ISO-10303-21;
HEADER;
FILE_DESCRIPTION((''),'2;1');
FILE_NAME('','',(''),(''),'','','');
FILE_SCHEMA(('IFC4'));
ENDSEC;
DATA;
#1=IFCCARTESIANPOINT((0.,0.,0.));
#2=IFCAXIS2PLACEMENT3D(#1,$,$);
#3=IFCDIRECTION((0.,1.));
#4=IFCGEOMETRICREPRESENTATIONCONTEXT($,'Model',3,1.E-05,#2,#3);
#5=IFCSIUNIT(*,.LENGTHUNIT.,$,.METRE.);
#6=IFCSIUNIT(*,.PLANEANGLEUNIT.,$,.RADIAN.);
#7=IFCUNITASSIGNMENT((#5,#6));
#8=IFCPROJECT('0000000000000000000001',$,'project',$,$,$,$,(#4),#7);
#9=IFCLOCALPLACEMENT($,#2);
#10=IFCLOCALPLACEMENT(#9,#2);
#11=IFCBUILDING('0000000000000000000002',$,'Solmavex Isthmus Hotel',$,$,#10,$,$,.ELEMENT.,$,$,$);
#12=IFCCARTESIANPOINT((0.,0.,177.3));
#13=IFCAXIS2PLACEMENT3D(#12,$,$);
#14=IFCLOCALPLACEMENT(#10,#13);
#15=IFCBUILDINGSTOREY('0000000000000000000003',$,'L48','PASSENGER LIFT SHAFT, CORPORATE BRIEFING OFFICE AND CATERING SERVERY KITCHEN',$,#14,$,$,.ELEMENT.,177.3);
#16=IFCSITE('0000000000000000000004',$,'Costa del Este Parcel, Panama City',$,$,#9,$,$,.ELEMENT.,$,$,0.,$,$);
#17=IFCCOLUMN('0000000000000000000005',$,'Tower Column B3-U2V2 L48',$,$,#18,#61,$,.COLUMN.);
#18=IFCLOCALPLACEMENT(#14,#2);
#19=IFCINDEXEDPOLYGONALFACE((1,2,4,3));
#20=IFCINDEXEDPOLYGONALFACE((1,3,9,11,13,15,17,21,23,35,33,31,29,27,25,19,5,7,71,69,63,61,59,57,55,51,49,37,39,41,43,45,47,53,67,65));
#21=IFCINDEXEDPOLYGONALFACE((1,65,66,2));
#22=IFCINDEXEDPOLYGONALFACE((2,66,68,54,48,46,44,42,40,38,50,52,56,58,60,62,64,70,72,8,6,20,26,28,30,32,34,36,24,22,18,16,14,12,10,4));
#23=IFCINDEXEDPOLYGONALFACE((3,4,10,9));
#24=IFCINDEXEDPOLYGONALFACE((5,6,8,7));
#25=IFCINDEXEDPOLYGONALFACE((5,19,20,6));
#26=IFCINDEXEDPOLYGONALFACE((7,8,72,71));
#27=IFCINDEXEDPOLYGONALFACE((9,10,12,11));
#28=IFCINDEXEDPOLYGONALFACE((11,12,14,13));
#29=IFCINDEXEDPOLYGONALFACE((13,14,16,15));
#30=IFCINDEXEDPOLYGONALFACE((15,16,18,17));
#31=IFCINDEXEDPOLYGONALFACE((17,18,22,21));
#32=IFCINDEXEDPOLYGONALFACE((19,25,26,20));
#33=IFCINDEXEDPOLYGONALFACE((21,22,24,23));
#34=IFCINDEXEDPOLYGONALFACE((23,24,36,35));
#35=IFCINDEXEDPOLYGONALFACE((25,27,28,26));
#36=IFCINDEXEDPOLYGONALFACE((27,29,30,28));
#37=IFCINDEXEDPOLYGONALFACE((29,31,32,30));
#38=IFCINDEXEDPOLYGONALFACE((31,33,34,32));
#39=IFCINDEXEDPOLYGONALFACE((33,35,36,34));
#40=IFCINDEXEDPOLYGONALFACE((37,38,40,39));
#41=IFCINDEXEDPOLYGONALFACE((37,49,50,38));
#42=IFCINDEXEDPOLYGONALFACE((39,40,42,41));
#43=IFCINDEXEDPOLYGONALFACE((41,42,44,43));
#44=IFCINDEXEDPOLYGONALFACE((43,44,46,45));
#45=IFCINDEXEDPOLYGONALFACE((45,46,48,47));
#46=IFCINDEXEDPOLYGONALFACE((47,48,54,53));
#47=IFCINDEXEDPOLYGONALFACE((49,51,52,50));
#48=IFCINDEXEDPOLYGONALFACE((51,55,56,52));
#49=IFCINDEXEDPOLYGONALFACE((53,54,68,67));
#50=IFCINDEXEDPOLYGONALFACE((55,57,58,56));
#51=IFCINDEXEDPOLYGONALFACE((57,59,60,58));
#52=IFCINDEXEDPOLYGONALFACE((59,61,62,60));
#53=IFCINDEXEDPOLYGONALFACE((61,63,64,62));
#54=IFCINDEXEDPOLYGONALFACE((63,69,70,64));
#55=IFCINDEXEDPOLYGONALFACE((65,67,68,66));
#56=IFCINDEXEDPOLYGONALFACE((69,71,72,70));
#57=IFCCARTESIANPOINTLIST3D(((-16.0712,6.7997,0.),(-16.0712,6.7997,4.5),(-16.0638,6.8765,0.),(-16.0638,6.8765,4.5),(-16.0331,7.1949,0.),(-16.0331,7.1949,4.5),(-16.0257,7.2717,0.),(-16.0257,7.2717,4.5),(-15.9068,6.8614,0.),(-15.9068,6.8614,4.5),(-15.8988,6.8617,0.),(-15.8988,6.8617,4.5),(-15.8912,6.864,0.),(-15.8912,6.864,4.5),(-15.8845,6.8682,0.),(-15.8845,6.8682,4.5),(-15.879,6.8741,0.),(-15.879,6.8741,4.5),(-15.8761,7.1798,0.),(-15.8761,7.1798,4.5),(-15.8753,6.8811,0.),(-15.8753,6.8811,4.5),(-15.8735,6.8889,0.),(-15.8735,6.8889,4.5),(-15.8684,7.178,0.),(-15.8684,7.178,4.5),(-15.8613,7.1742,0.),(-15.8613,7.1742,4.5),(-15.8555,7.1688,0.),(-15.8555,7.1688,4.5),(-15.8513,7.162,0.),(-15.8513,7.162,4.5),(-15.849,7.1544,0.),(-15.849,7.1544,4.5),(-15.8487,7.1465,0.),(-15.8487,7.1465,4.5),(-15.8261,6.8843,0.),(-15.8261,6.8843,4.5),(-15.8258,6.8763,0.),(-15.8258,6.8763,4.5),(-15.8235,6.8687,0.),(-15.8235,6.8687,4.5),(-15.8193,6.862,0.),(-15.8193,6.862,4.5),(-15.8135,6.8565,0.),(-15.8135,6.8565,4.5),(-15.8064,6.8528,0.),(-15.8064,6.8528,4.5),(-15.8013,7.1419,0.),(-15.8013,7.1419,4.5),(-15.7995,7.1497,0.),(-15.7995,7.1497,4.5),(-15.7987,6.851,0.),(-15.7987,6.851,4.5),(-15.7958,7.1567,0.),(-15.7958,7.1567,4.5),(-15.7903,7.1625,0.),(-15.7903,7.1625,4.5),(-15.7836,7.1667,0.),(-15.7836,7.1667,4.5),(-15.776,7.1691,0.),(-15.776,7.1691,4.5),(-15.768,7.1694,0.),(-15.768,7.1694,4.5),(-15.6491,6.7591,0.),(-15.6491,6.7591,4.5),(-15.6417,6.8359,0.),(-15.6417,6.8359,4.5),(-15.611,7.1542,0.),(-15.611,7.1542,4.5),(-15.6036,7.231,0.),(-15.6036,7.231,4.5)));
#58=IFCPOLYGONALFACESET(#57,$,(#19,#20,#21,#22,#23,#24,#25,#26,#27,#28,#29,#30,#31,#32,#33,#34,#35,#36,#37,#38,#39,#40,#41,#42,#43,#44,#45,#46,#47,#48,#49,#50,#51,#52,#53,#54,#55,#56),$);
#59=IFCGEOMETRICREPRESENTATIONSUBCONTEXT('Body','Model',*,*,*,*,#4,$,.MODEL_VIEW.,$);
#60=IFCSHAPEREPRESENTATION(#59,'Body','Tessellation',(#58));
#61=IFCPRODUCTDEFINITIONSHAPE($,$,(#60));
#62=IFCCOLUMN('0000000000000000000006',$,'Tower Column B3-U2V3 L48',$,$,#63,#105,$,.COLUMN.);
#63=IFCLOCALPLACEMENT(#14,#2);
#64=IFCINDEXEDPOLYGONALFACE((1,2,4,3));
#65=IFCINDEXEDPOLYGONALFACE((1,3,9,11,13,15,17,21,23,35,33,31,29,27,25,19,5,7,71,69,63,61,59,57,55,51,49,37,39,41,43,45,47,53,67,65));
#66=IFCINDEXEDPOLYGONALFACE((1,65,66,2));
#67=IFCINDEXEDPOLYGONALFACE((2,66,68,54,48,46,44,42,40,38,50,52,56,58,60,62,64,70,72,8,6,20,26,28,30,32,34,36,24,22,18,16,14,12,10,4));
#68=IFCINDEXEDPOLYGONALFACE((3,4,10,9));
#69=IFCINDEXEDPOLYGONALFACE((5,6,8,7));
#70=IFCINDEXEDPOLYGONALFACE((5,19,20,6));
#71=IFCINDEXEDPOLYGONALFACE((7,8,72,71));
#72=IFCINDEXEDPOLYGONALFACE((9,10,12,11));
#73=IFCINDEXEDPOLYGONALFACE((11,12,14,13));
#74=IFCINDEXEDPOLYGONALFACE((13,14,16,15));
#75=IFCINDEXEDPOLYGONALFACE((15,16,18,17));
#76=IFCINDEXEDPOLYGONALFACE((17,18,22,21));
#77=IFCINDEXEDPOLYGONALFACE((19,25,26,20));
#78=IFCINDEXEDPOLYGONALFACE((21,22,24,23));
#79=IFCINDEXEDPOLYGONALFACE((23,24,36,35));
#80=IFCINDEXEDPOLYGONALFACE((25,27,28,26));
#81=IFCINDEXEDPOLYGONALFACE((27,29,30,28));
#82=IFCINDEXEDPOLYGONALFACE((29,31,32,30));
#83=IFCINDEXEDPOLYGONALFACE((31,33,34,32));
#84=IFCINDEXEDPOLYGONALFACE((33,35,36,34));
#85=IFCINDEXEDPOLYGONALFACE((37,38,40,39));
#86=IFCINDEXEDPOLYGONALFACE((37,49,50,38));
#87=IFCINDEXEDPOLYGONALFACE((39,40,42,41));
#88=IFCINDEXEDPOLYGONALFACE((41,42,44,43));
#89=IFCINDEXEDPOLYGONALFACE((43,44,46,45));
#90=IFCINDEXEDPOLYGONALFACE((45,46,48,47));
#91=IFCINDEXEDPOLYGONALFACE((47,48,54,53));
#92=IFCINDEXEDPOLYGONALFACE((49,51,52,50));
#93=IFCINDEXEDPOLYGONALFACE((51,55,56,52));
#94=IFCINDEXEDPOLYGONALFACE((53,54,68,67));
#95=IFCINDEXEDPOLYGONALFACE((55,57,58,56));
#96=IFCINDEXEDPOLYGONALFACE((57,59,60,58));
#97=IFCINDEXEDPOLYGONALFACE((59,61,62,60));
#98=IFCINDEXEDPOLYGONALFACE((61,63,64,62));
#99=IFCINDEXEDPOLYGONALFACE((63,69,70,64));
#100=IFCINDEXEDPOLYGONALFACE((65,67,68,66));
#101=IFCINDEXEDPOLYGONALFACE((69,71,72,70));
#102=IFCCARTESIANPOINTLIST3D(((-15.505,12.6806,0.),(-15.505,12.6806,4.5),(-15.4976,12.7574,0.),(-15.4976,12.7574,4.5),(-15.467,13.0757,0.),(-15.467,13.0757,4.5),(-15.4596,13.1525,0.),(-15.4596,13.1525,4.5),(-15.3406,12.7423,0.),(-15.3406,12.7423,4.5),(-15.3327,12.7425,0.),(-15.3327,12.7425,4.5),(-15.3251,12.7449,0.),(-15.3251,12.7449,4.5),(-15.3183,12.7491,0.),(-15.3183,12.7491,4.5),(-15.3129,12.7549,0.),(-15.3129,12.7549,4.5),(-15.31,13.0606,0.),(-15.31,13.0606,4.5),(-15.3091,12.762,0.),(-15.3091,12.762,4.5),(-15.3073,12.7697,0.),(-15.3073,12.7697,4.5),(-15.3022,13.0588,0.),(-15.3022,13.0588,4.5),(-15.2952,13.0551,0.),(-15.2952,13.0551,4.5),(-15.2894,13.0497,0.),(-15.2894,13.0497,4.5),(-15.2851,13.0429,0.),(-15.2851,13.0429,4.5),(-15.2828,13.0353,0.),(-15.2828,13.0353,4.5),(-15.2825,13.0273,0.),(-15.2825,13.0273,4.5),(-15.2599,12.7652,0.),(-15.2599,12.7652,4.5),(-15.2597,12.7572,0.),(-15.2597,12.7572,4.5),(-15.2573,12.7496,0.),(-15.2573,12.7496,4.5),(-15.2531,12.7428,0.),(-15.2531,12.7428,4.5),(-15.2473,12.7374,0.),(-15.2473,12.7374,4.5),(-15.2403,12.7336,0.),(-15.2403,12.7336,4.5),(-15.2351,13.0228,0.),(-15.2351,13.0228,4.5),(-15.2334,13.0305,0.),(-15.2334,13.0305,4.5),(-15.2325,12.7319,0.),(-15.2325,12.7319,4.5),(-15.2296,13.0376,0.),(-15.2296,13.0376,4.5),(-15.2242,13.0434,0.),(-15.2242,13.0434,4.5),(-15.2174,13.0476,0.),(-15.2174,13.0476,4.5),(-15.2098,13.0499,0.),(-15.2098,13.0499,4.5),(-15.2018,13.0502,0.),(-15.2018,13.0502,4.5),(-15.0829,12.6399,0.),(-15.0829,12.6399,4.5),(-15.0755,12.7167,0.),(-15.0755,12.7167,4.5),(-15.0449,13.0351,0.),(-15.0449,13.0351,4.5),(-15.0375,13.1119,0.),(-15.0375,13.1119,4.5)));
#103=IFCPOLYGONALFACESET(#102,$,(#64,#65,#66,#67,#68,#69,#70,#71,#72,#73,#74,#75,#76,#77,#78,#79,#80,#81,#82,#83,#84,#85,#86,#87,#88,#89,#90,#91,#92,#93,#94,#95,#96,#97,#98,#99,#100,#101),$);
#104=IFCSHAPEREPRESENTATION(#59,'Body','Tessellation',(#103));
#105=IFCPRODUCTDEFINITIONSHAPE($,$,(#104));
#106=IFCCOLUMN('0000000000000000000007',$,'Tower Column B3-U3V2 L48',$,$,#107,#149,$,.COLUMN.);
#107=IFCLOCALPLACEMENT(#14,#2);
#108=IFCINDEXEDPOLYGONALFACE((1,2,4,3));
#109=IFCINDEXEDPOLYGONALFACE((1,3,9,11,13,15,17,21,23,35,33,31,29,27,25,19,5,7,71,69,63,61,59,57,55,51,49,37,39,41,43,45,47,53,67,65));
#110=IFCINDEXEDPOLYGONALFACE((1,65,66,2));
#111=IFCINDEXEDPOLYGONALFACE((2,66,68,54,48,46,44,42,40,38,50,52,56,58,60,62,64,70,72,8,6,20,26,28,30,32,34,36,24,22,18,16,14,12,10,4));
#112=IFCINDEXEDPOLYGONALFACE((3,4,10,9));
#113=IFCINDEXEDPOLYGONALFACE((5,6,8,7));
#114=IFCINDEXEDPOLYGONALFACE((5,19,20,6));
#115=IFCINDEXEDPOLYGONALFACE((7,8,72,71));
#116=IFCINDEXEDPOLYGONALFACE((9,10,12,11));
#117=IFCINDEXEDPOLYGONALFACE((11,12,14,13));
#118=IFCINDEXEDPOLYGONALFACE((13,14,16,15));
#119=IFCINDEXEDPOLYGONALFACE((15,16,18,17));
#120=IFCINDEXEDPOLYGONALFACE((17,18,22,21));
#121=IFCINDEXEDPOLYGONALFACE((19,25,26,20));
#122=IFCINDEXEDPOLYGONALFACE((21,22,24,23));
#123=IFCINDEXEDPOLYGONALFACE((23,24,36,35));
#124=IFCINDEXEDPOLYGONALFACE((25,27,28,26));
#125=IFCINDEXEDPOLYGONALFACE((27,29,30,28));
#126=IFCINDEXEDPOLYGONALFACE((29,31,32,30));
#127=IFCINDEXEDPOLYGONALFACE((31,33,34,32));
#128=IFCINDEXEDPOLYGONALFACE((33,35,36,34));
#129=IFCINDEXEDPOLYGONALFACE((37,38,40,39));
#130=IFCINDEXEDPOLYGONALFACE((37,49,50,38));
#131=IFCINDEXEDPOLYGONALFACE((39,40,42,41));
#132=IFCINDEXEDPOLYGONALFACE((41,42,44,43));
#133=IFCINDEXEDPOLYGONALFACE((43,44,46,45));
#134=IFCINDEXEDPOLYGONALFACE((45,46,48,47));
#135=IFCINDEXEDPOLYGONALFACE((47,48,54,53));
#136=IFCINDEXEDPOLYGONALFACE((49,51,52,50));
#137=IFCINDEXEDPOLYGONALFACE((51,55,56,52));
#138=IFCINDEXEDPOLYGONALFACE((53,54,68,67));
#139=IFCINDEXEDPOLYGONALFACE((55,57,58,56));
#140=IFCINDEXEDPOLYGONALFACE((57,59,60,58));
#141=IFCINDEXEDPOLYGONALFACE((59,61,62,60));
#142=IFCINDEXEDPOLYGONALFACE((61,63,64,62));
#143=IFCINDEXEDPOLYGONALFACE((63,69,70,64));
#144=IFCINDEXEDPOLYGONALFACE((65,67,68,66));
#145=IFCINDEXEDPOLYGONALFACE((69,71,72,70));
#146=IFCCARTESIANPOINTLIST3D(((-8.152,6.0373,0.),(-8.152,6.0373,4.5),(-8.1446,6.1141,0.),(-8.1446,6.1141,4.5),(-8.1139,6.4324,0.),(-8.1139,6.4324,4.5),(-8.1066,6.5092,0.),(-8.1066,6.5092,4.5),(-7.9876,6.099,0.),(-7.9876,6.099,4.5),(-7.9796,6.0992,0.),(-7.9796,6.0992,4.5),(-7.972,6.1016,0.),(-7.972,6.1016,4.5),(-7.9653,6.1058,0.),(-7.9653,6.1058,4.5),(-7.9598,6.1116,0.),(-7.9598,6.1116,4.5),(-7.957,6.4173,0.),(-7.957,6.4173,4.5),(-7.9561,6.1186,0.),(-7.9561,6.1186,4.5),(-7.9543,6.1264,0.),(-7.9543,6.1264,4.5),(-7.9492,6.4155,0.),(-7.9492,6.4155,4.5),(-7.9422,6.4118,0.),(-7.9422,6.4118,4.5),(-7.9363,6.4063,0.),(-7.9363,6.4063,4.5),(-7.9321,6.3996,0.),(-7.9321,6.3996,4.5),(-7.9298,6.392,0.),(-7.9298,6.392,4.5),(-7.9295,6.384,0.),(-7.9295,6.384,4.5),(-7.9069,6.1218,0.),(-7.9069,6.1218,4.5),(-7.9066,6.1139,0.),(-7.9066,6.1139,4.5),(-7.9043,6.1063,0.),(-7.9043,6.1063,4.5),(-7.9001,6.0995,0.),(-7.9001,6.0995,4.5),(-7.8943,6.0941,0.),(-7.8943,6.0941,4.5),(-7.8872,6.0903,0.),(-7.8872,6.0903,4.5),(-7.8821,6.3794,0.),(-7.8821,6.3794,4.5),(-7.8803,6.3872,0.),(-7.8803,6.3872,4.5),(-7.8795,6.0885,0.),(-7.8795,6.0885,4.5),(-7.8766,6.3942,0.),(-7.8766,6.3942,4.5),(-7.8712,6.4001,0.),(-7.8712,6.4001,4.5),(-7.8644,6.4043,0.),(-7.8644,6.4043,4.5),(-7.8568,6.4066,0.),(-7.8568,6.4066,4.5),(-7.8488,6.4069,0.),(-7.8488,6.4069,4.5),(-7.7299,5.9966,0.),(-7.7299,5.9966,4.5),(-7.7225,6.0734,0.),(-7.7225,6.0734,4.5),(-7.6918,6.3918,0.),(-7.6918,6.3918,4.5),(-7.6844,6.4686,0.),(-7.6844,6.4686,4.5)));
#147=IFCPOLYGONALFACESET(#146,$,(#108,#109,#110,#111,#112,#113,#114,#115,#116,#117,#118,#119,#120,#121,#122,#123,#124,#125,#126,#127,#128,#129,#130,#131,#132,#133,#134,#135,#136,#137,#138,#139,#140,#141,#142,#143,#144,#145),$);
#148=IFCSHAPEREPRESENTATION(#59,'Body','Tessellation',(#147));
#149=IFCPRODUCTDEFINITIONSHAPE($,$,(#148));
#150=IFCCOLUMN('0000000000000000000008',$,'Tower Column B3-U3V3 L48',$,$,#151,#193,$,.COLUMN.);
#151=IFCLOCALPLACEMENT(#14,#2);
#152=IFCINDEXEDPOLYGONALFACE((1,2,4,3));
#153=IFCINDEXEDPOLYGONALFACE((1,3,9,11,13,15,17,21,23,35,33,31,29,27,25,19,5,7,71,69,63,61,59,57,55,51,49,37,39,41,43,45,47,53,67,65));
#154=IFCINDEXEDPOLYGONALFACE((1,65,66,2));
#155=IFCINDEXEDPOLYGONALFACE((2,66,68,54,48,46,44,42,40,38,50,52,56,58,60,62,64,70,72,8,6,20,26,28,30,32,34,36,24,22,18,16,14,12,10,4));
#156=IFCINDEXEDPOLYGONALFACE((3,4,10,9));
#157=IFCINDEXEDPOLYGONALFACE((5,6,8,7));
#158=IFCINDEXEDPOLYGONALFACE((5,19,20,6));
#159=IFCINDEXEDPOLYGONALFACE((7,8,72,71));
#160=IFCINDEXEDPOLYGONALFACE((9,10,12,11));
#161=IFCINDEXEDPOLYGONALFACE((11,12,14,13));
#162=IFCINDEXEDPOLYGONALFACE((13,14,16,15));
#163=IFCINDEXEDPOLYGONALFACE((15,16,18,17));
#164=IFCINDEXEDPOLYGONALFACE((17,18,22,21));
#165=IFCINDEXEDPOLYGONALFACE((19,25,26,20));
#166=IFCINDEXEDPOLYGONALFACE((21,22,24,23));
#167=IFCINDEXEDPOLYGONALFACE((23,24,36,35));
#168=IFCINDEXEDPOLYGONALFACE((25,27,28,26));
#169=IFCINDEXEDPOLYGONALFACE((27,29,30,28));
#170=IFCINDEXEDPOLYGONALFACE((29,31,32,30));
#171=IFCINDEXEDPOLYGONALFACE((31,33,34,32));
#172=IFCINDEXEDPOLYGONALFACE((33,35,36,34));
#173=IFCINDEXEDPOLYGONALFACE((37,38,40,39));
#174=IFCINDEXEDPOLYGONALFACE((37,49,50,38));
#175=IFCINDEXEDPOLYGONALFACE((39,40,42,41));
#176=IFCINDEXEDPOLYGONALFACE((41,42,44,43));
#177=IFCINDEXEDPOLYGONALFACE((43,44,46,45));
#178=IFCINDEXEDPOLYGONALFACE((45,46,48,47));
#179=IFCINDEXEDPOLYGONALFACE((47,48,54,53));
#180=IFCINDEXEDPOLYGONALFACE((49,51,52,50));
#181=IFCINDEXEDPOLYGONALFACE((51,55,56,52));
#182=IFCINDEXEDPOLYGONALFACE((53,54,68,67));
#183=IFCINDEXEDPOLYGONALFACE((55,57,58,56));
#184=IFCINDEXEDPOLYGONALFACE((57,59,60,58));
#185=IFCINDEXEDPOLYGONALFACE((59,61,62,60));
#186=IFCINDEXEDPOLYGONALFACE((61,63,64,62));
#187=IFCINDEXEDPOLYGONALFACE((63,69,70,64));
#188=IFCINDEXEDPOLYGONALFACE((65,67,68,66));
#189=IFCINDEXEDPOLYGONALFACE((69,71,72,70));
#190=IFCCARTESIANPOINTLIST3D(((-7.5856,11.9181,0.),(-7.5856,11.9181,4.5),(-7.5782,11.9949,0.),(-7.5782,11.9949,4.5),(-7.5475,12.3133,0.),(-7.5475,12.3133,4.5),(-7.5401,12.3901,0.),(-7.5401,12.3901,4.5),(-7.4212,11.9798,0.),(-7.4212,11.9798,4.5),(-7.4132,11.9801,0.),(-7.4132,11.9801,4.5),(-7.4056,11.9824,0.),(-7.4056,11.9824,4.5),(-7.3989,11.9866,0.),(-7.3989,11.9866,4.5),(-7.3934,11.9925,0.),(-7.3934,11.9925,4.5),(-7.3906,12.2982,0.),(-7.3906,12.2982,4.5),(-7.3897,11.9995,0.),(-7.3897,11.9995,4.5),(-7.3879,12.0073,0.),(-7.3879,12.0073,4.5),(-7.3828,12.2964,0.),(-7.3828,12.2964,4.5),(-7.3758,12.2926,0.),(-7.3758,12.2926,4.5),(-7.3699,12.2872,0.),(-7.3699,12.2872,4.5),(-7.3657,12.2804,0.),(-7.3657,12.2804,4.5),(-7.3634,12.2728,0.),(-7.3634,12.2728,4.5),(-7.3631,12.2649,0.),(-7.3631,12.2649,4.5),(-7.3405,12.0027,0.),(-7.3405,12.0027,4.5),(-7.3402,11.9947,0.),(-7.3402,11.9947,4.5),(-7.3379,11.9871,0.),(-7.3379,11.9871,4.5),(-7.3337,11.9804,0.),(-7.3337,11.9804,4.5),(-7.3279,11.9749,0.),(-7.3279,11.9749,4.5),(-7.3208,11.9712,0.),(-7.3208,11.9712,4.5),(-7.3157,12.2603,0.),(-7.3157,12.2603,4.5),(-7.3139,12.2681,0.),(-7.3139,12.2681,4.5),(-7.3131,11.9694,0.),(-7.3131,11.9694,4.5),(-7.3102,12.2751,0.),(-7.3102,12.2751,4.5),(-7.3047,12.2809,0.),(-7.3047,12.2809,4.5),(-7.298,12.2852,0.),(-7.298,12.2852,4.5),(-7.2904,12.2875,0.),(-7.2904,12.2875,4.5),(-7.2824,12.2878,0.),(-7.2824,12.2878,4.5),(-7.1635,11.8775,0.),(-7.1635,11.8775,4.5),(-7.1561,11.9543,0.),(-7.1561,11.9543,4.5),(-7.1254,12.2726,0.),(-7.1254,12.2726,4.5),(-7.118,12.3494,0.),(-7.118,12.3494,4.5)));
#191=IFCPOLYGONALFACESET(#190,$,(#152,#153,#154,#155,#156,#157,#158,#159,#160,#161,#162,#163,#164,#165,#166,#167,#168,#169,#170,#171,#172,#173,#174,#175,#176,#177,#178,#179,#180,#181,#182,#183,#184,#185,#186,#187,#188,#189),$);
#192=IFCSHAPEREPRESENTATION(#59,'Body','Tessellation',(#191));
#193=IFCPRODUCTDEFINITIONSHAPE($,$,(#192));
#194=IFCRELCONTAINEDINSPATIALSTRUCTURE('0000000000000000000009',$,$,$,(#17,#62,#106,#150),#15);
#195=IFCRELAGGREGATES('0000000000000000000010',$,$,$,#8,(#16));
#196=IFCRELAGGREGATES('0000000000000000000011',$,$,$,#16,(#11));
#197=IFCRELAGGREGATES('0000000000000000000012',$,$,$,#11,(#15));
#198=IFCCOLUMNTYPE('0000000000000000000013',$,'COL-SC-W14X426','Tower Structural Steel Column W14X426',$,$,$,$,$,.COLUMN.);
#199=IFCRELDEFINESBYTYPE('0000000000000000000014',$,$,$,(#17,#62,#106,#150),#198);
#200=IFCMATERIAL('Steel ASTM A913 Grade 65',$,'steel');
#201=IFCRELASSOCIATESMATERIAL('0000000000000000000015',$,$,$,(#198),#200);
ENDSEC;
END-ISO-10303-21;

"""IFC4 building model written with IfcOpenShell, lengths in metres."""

from ifc_helpers import new_model, si_unit, direction, frame, origin, origin_2d, place, context, subcontext, project, spatial, i_section, extrude, material, material_profile, profile_set, type_object, element, save


model = new_model("IFC4")

# Units and contexts
model_context = context("Model", 3, precision=1e-05, world=origin(), true_north=direction((0.0, 1.0)))
body_context = subcontext(model_context, "Body", "Model", "MODEL_VIEW")
ifc_project = project(units=[si_unit("LENGTHUNIT", "METRE"), si_unit("PLANEANGLEUNIT", "RADIAN")], contexts=[model_context])

# Site, building, storey
site_placement = place(None, origin())
site = spatial("IfcSite", under=ifc_project, at=site_placement, Name="Costa del Este Parcel, Panama City", CompositionType="ELEMENT", RefElevation=0.0)
building_placement = place(site_placement, origin())
building = spatial("IfcBuilding", under=site, at=building_placement, Name="Solmavex Isthmus Hotel", CompositionType="ELEMENT")
storey_placement = place(building_placement, frame((0.0, 0.0, 177.3)))
storey = spatial("IfcBuildingStorey", under=building, at=storey_placement, Name="L48", Description="PASSENGER LIFT SHAFT, CORPORATE BRIEFING OFFICE AND CATERING SERVERY KITCHEN", CompositionType="ELEMENT", Elevation=177.3)

# Columns
ifc_material_1 = material(Name="Steel ASTM A913 Grade 65", Category="steel")
ifc_material_profile_1 = material_profile(ifc_material_1, i_section(OverallWidth=0.4241, OverallDepth=0.4741, WebThickness=0.0476, FlangeThickness=0.0771, FilletRadius=0.0305, at=origin_2d()), Name="W14X426")
ifc_profile_set_1 = profile_set([ifc_material_profile_1], Name="Steel ASTM A913 Grade 65")
column_type = type_object("IfcColumnType", Name="COL-SC-W14X426", Description="Tower Structural Steel Column W14X426", PredefinedType="COLUMN", material=ifc_profile_set_1)
for number, where, z_axis, x_axis, name in (
    (1, (-15.8374, 7.0154, 0.0), (0.0, 0.0, 1.0), (0.995396, -0.095846, 0.0), "Tower Column B3-U2V2 L48"),
    (2, (-15.2712, 12.8962, 0.0), (0.0, 0.0, 1.0), (0.995396, -0.095846, 0.0), "Tower Column B3-U2V3 L48"),
    (3, (-7.9182, 6.2529, 0.0), (0.0, 0.0, 1.0), (0.995396, -0.095846, 0.0), "Tower Column B3-U3V2 L48"),
    (4, (-7.3518, 12.1338, 0.0), (0.0, 0.0, 1.0), (0.995396, -0.095846, 0.0), "Tower Column B3-U3V3 L48"),
):
    element("IfcColumn", number, at=place(storey_placement, frame(where, z_axis=z_axis, x_axis=x_axis)), inside=storey, type_object=column_type, Name=name, PredefinedType="COLUMN", context=body_context, shape_type="SweptSolid", body=[
        extrude(i_section(OverallWidth=0.4241, OverallDepth=0.4741, WebThickness=0.0476, FlangeThickness=0.0771, FilletRadius=0.0305, at=origin_2d()), origin(), (0.0, 0.0, 1.0), 4.5),
    ])

save(model, "model.ifc")
